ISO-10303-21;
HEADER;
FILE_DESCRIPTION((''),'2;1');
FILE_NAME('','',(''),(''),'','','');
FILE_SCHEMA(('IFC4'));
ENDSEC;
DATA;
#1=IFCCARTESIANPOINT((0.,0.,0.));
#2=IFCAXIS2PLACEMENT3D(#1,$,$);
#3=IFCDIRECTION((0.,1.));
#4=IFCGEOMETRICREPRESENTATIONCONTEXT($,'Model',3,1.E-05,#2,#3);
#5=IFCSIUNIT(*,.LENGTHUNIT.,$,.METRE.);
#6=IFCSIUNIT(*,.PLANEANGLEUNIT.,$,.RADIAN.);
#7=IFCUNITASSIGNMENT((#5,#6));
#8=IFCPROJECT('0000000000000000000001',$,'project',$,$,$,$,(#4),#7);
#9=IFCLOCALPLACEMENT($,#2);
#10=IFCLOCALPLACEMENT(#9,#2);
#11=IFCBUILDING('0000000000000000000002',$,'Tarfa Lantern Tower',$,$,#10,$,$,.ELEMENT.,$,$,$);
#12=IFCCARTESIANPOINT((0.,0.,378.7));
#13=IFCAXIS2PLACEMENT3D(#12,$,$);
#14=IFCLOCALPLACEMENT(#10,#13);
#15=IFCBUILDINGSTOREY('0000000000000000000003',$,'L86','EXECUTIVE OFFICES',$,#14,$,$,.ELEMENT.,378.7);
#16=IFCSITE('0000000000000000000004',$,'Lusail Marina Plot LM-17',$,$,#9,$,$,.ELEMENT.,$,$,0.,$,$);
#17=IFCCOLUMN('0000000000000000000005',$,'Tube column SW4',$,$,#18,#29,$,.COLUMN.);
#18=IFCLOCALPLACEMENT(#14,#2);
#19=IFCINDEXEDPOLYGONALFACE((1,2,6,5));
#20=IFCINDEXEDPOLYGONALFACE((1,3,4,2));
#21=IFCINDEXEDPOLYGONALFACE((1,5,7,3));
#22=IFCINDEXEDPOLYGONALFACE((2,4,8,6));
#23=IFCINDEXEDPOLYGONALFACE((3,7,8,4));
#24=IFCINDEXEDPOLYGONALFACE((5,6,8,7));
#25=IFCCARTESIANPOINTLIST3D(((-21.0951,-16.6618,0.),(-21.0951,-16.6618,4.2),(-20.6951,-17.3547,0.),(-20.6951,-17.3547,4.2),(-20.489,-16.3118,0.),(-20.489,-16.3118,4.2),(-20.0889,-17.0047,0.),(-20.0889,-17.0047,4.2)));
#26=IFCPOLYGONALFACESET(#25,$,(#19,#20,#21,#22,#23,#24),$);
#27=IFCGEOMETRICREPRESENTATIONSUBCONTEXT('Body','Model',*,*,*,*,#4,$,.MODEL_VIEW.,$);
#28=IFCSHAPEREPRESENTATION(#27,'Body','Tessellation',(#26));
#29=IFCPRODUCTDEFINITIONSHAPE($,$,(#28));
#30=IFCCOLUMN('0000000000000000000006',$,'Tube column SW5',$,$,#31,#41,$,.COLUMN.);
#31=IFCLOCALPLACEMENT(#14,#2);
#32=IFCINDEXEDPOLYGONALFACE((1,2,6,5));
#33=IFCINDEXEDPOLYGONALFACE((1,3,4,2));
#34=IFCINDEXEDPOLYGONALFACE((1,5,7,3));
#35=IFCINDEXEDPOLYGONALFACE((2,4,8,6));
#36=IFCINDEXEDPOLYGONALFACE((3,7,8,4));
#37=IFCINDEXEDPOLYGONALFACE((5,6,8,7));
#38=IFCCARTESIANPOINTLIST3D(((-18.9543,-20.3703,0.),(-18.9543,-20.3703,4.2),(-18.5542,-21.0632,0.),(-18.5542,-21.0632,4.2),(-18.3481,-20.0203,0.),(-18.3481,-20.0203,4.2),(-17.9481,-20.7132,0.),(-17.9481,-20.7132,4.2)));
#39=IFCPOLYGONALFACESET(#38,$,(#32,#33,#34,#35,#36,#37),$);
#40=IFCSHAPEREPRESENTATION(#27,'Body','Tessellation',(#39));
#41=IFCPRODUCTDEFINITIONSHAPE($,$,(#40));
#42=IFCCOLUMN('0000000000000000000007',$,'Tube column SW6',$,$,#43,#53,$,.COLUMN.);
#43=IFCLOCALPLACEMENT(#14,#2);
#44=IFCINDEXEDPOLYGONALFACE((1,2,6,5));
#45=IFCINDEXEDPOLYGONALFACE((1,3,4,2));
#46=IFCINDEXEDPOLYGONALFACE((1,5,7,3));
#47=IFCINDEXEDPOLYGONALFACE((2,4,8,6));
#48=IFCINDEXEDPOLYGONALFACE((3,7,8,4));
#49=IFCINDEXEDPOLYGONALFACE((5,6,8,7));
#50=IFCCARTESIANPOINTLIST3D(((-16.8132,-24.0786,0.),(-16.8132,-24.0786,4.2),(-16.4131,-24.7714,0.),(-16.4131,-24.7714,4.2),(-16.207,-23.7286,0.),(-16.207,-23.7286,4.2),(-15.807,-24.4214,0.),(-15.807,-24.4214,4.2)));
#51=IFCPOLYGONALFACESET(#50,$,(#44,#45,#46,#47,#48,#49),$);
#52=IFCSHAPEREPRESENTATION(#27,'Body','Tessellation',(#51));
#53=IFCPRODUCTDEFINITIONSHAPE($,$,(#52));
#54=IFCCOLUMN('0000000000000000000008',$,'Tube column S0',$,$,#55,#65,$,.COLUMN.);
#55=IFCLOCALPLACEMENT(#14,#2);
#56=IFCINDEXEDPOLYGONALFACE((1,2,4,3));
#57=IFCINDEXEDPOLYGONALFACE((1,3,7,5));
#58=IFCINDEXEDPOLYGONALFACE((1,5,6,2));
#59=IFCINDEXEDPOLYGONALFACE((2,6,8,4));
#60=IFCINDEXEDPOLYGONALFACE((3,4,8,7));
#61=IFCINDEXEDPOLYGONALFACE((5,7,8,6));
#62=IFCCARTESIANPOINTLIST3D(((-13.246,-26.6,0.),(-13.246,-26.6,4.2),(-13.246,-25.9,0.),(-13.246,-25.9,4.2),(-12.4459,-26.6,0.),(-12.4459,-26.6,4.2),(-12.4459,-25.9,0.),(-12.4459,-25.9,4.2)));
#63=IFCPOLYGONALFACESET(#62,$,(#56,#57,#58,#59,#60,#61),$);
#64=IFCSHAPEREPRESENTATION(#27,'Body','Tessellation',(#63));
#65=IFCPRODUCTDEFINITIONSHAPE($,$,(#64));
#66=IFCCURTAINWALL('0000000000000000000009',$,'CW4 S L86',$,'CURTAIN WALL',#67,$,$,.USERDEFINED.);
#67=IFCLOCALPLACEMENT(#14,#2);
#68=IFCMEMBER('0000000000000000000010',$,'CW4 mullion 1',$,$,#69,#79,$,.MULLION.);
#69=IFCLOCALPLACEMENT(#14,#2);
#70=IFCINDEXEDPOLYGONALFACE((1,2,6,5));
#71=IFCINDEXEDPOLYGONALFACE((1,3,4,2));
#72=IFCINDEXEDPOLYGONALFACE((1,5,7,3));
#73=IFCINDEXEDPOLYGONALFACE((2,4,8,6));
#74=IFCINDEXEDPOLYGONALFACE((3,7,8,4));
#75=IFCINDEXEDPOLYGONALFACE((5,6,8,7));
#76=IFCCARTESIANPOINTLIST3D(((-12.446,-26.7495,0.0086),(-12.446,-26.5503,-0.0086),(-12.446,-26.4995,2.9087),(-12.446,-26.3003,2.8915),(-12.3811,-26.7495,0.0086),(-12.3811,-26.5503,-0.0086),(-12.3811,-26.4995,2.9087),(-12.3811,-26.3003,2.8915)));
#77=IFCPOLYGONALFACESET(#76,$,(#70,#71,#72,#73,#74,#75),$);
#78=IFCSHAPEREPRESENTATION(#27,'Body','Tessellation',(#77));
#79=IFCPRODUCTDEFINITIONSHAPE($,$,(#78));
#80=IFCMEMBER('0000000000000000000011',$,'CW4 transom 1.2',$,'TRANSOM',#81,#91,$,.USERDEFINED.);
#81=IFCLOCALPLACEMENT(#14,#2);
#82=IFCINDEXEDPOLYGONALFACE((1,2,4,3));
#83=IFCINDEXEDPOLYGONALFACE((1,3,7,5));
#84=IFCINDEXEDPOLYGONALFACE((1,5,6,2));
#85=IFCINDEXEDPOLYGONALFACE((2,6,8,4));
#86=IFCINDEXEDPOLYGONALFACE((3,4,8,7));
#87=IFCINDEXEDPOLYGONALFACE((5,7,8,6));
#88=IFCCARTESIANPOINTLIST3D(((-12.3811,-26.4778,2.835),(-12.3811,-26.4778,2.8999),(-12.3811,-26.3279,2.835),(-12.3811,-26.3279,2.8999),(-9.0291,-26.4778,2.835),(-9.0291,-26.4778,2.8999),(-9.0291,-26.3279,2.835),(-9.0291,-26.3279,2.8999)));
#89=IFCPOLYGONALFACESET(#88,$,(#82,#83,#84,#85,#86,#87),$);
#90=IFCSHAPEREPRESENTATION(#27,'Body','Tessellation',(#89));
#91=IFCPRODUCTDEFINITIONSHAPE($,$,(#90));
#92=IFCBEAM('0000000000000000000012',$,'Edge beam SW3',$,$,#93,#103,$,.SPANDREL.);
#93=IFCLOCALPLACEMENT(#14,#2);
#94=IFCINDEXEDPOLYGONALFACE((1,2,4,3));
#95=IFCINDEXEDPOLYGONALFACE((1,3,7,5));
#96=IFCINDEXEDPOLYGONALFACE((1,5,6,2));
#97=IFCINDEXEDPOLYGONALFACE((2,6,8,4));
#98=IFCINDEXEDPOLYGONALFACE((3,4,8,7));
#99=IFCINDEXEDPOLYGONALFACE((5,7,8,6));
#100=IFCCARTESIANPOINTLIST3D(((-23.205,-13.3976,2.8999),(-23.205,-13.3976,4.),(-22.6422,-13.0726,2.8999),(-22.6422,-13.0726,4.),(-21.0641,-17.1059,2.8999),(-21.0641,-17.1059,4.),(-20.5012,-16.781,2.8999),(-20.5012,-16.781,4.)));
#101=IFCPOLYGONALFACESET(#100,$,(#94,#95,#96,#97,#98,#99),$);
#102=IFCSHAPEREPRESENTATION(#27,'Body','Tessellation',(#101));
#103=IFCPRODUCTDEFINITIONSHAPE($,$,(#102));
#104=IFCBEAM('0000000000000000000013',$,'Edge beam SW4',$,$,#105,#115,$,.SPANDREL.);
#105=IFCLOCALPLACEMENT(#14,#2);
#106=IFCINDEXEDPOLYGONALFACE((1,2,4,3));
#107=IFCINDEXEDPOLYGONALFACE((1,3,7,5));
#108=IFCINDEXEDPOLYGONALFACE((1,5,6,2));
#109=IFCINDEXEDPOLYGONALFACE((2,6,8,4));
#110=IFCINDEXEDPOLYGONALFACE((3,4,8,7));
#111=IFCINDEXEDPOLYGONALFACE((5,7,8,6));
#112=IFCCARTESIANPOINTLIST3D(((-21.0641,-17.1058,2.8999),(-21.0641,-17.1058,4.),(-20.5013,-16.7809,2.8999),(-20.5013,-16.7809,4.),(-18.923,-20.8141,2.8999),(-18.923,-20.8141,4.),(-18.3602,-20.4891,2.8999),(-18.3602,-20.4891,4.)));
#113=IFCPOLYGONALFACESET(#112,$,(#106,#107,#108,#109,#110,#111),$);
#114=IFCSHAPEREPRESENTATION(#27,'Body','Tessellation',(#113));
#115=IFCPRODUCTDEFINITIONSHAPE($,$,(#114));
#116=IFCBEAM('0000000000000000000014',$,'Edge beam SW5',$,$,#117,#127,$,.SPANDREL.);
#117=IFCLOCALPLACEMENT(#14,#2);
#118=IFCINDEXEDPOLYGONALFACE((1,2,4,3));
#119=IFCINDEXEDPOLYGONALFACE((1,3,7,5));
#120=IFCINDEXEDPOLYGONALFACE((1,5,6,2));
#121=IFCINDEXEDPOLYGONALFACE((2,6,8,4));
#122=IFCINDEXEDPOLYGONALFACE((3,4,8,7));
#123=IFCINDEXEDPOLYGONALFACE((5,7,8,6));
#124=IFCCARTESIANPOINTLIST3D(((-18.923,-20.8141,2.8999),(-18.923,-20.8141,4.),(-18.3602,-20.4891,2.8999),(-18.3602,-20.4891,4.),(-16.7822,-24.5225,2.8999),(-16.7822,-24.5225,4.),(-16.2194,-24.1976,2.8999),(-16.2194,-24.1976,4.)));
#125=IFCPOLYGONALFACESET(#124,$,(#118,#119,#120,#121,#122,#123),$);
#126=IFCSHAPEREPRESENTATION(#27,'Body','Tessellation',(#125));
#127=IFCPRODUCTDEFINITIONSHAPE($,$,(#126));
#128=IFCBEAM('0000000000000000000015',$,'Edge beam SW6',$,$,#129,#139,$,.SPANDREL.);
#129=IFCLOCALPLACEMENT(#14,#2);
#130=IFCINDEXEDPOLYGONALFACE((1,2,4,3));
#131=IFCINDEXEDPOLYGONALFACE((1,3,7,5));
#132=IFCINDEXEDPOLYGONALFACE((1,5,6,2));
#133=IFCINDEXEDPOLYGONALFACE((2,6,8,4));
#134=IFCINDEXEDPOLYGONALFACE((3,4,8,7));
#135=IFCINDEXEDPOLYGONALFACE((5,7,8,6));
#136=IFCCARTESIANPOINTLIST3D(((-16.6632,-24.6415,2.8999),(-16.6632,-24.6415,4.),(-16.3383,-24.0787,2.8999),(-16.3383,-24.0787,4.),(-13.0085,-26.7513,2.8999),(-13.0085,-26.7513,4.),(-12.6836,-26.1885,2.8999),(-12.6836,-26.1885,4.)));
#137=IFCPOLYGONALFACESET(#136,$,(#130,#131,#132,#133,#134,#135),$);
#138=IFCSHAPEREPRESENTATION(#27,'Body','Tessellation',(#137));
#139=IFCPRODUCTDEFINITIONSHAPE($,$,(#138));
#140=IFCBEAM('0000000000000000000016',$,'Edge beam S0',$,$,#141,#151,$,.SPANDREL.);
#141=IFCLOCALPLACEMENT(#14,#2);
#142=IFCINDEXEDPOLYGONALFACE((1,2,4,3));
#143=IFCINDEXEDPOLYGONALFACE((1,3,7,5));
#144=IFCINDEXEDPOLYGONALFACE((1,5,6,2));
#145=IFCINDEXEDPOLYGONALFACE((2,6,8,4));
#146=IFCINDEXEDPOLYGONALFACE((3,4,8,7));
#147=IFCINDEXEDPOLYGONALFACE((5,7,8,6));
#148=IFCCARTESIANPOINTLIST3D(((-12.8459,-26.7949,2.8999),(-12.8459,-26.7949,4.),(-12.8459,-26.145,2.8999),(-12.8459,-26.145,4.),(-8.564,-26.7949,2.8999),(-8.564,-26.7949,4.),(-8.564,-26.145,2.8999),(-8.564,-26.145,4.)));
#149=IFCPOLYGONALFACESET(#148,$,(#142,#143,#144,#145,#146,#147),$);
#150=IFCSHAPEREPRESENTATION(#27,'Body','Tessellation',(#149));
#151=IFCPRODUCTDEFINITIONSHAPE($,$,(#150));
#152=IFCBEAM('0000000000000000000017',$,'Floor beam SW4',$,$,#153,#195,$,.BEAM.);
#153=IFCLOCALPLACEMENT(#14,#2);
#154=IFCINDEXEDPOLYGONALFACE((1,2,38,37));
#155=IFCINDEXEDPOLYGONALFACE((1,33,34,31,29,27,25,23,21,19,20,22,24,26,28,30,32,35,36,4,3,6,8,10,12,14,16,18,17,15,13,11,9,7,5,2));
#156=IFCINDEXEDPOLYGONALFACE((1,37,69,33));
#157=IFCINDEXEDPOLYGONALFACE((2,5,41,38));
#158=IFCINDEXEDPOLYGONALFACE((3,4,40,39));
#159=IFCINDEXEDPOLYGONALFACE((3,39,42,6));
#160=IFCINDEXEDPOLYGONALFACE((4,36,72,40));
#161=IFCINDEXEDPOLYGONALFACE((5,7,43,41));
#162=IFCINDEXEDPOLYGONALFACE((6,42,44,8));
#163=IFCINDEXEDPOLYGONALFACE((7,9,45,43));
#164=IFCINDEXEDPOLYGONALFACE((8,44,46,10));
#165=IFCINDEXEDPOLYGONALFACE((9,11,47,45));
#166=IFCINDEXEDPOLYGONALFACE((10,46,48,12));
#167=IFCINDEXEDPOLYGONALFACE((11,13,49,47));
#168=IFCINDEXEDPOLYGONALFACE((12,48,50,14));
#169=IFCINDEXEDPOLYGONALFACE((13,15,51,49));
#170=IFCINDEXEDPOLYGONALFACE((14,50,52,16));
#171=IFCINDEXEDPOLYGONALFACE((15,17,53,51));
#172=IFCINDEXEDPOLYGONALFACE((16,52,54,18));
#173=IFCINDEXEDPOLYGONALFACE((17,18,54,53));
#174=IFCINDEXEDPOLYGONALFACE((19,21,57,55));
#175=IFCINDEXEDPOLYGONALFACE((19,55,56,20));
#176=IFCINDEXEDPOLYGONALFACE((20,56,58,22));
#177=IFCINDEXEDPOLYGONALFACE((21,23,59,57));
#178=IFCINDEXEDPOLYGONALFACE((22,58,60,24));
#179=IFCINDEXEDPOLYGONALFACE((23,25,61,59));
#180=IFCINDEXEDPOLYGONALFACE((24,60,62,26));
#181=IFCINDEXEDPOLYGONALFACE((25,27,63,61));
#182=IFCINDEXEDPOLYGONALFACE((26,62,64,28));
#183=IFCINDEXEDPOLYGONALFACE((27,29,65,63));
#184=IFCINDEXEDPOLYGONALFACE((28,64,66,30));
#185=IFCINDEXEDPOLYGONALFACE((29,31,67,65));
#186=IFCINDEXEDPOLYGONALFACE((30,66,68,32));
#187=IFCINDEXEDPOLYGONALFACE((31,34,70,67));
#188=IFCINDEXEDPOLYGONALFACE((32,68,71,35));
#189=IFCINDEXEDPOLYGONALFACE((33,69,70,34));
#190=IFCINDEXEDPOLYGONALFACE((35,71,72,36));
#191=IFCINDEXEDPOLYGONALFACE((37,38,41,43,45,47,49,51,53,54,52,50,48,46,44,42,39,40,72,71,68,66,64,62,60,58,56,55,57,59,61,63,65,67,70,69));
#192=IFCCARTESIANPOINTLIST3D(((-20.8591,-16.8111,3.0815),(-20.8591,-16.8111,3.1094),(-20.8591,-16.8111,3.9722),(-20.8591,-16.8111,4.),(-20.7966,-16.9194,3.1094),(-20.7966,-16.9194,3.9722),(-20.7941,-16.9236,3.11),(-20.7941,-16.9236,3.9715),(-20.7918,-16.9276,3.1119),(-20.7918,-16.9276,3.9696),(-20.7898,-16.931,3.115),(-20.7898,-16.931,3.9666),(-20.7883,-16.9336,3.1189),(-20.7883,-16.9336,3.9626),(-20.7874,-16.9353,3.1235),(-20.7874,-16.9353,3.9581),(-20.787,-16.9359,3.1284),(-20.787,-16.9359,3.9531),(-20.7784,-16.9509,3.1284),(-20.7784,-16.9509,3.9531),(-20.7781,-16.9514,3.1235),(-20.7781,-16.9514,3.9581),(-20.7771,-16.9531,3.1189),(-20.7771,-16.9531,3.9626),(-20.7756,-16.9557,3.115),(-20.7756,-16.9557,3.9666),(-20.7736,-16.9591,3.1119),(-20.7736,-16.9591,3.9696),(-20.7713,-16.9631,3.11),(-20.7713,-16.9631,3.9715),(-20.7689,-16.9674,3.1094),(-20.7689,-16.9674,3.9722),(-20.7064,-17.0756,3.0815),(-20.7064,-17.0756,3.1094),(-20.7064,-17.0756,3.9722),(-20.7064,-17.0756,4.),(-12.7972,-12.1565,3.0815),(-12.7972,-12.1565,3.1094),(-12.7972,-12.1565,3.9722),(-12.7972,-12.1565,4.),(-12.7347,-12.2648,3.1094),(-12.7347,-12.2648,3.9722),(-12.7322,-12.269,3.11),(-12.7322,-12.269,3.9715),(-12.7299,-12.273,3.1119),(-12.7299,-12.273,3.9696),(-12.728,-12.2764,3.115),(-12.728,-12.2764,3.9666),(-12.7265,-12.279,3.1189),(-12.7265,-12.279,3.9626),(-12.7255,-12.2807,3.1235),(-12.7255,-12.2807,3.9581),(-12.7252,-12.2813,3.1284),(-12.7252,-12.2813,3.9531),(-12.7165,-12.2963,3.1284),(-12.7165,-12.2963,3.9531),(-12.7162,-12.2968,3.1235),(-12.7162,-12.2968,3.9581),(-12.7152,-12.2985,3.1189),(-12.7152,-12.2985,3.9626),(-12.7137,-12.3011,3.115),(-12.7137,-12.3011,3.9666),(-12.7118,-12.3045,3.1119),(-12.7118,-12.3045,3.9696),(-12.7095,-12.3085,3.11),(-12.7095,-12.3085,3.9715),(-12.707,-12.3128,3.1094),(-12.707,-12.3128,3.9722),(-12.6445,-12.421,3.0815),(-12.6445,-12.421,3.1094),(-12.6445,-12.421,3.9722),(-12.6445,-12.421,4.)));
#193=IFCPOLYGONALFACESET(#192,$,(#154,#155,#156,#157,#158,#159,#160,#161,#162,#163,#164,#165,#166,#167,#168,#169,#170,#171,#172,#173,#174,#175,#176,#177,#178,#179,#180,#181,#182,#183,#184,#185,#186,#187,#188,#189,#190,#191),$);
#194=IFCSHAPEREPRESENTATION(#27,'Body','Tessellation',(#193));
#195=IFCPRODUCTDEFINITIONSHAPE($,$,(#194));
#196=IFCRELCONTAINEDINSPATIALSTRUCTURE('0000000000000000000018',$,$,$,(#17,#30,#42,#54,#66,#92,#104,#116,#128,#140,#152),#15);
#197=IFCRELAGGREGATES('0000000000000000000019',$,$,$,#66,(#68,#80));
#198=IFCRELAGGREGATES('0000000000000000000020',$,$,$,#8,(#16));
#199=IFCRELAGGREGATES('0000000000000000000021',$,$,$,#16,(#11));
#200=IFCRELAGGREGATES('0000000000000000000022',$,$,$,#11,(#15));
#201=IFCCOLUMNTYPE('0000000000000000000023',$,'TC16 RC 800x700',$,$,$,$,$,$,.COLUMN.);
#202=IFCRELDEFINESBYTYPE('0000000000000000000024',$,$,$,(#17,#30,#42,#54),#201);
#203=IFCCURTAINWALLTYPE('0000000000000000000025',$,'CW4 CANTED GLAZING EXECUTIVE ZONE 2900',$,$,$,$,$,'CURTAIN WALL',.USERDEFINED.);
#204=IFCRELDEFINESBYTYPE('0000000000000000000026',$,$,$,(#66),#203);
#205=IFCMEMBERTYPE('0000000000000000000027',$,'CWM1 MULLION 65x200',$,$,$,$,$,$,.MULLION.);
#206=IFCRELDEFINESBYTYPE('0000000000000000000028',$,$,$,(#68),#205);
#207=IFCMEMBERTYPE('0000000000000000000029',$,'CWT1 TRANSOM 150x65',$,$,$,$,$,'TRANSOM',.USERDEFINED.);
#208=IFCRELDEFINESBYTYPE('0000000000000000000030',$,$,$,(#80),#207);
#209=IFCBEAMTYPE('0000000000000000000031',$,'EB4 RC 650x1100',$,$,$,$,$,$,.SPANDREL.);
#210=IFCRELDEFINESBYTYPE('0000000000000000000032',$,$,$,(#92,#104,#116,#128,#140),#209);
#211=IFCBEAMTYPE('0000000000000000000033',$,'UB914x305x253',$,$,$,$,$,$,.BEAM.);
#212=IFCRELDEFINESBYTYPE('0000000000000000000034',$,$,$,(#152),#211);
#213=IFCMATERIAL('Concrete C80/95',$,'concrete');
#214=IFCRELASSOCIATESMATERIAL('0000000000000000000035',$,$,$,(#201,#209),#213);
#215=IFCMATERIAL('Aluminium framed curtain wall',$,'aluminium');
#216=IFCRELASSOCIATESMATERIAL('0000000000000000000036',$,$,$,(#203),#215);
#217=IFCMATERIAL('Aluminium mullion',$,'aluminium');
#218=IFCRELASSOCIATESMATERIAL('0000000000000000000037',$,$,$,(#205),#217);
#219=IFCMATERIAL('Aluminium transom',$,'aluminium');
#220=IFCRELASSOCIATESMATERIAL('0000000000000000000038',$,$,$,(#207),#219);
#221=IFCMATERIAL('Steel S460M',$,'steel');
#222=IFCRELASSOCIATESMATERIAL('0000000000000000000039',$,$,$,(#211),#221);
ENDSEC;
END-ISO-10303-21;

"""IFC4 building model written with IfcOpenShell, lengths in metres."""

from ifc_helpers import new_model, si_unit, direction, frame, origin, origin_2d, place, context, subcontext, project, spatial, rectangle, i_section, extrude, material, material_profile, profile_set, type_object, element, aggregate, save


model = new_model("IFC4")

# Units and contexts
model_context = context("Model", 3, precision=1e-05, world=origin(), true_north=direction((0.0, 1.0)))
body_context = subcontext(model_context, "Body", "Model", "MODEL_VIEW")
ifc_project = project(units=[si_unit("LENGTHUNIT", "METRE"), si_unit("PLANEANGLEUNIT", "RADIAN")], contexts=[model_context])

# Site, building, storey
site_placement = place(None, origin())
site = spatial("IfcSite", under=ifc_project, at=site_placement, Name="Lusail Marina Plot LM-17", CompositionType="ELEMENT", RefElevation=0.0)
building_placement = place(site_placement, origin())
building = spatial("IfcBuilding", under=site, at=building_placement, Name="Tarfa Lantern Tower", CompositionType="ELEMENT")
storey_placement = place(building_placement, frame((0.0, 0.0, 378.7)))
storey = spatial("IfcBuildingStorey", under=building, at=storey_placement, Name="L86", Description="EXECUTIVE OFFICES", CompositionType="ELEMENT", Elevation=378.7)

# Columns
ifc_material_1 = material(Name="Concrete C80/95", Category="concrete")
ifc_material_profile_1 = material_profile(ifc_material_1, rectangle(XDim=0.8, YDim=0.7, at=origin_2d()), Name="RC 800x700")
ifc_profile_set_1 = profile_set([ifc_material_profile_1], Name="Concrete C80/95")
column_type = type_object("IfcColumnType", Name="TC16 RC 800x700", PredefinedType="COLUMN", material=ifc_profile_set_1)
for number, where, z_axis, x_axis, name in (
    (1, (-20.592, -16.8333, 0.0), (0.0, 0.0, 1.0), (0.5, -0.866025, 0.0), "Tube column SW4"),
    (2, (-18.4512, -20.5417, 0.0), (0.0, 0.0, 1.0), (0.5, -0.866025, 0.0), "Tube column SW5"),
    (3, (-16.3101, -24.25, 0.0), (0.0, 0.0, 1.0), (0.5, -0.866025, 0.0), "Tube column SW6"),
    (4, (-12.8459, -26.25, 0.0), (0.0, 0.0, 1.0), (1.0, 0.0, 0.0), "Tube column S0"),
):
    element("IfcColumn", number, at=place(storey_placement, frame(where, z_axis=z_axis, x_axis=x_axis)), inside=storey, type_object=column_type, Name=name, PredefinedType="COLUMN", context=body_context, shape_type="SweptSolid", body=[
        extrude(rectangle(XDim=0.8, YDim=0.7, at=origin_2d()), origin(), (0.0, 0.0, 1.0), 4.2),
    ])

# Curtain wall, members
ifc_material_2 = material(Name="Aluminium framed curtain wall", Category="aluminium")
curtain_wall_type = type_object("IfcCurtainWallType", Name="CW4 CANTED GLAZING EXECUTIVE ZONE 2900", ElementType="CURTAIN WALL", PredefinedType="USERDEFINED", material=ifc_material_2)
curtain_wall_placement = place(storey_placement, origin())
curtain_wall = element("IfcCurtainWall", 5, at=curtain_wall_placement, inside=storey, type_object=curtain_wall_type, Name="CW4 S L86", ObjectType="CURTAIN WALL", PredefinedType="USERDEFINED")
ifc_material_3 = material(Name="Aluminium mullion", Category="aluminium")
ifc_material_profile_2 = material_profile(ifc_material_3, rectangle(XDim=0.0649, YDim=0.2, at=origin_2d()), Name="AL MULLION 65x200")
ifc_profile_set_2 = profile_set([ifc_material_profile_2], Name="Aluminium mullion")
member_type_1 = type_object("IfcMemberType", Name="CWM1 MULLION 65x200", PredefinedType="MULLION", material=ifc_profile_set_2)
member_1_placement = place(storey_placement, frame((-12.4136, -26.6499, 0.0), z_axis=(0.0, 0.085884, 0.996305), x_axis=(-1.0, 0.0, 0.0)))
member_1 = element("IfcMember", 6, at=member_1_placement, type_object=member_type_1, Name="CW4 mullion 1", PredefinedType="MULLION", context=body_context, shape_type="SweptSolid", body=[
    extrude(rectangle(XDim=0.0649, YDim=0.2, at=origin_2d()), origin(), (0.0, 0.0, 1.0), 2.9109),
])
ifc_material_4 = material(Name="Aluminium transom", Category="aluminium")
ifc_material_profile_3 = material_profile(ifc_material_4, rectangle(XDim=0.1499, YDim=0.0649, at=origin_2d()), Name="AL TRANSOM 150x65")
ifc_profile_set_3 = profile_set([ifc_material_profile_3], Name="Aluminium transom")
member_type_2 = type_object("IfcMemberType", Name="CWT1 TRANSOM 150x65", ElementType="TRANSOM", PredefinedType="USERDEFINED", material=ifc_profile_set_3)
member_2_placement = place(storey_placement, frame((-12.3811, -26.4028, 2.8674), z_axis=(1.0, 0.0, 0.0), x_axis=(0.0, 1.0, 0.0)))
member_2 = element("IfcMember", 7, at=member_2_placement, type_object=member_type_2, Name="CW4 transom 1.2", ObjectType="TRANSOM", PredefinedType="USERDEFINED", context=body_context, shape_type="SweptSolid", body=[
    extrude(rectangle(XDim=0.1499, YDim=0.0649, at=origin_2d()), origin(), (0.0, 0.0, 1.0), 3.3521),
])

# Beams
ifc_material_profile_4 = material_profile(ifc_material_1, rectangle(XDim=0.6499, YDim=1.1001, at=origin_2d()), Name="RC 650x1100")
ifc_profile_set_4 = profile_set([ifc_material_profile_4], Name="Concrete C80/95")
beam_type_1 = type_object("IfcBeamType", Name="EB4 RC 650x1100", PredefinedType="SPANDREL", material=ifc_profile_set_4)
for number, where, z_axis, x_axis, name in (
    (8, (-22.9236, -13.2351, 3.45), (0.499984, -0.866035, 0.0), (0.866035, 0.499984, 0.0), "Edge beam SW3"),
    (9, (-20.7827, -16.9434, 3.45), (0.500027, -0.86601, 0.0), (0.86601, 0.500027, 0.0), "Edge beam SW4"),
    (10, (-18.6416, -20.6516, 3.45), (0.499959, -0.866049, 0.0), (0.866049, 0.499959, 0.0), "Edge beam SW5"),
):
    element("IfcBeam", number, at=place(storey_placement, frame(where, z_axis=z_axis, x_axis=x_axis)), inside=storey, type_object=beam_type_1, Name=name, PredefinedType="SPANDREL", context=body_context, shape_type="SweptSolid", body=[
        extrude(rectangle(XDim=0.6499, YDim=1.1001, at=origin_2d()), origin(), (0.0, 0.0, 1.0), 4.282),
    ])
beam_1_placement = place(storey_placement, frame((-16.5007, -24.3601, 3.45), z_axis=(0.866049, -0.499959, 0.0), x_axis=(0.499959, 0.866049, 0.0)))
element("IfcBeam", 11, at=beam_1_placement, inside=storey, type_object=beam_type_1, Name="Edge beam SW6", PredefinedType="SPANDREL", context=body_context, shape_type="SweptSolid", body=[
    extrude(rectangle(XDim=0.6499, YDim=1.1001, at=origin_2d()), origin(), (0.0, 0.0, 1.0), 4.22),
])
beam_2_placement = place(storey_placement, frame((-12.8459, -26.47, 3.45), z_axis=(1.0, 0.0, 0.0), x_axis=(0.0, 1.0, 0.0)))
element("IfcBeam", 12, at=beam_2_placement, inside=storey, type_object=beam_type_1, Name="Edge beam S0", PredefinedType="SPANDREL", context=body_context, shape_type="SweptSolid", body=[
    extrude(rectangle(XDim=0.6499, YDim=1.1001, at=origin_2d()), origin(), (0.0, 0.0, 1.0), 4.282),
])
ifc_material_5 = material(Name="Steel S460M", Category="steel")
ifc_material_profile_5 = material_profile(ifc_material_5, i_section(OverallWidth=0.3054, OverallDepth=0.9185, WebThickness=0.0173, FlangeThickness=0.0278, FilletRadius=0.019, at=origin_2d()), Name="UB914x305x253")
ifc_profile_set_5 = profile_set([ifc_material_profile_5], Name="Steel S460M")
beam_type_2 = type_object("IfcBeamType", Name="UB914x305x253", PredefinedType="BEAM", material=ifc_profile_set_5)
beam_3_placement = place(storey_placement, frame((-20.7827, -16.9434, 3.5408), z_axis=(0.866022, 0.500006, 0.0), x_axis=(-0.500006, 0.866022, 0.0)))
element("IfcBeam", 13, at=beam_3_placement, inside=storey, type_object=beam_type_2, Name="Floor beam SW4", PredefinedType="BEAM", context=body_context, shape_type="SweptSolid", body=[
    extrude(i_section(OverallWidth=0.3054, OverallDepth=0.9185, WebThickness=0.0173, FlangeThickness=0.0278, FilletRadius=0.019, at=origin_2d()), origin(), (0.0, 0.0, 1.0), 9.3091),
])

aggregate(curtain_wall, [member_1, member_2])

save(model, "model.ifc")
